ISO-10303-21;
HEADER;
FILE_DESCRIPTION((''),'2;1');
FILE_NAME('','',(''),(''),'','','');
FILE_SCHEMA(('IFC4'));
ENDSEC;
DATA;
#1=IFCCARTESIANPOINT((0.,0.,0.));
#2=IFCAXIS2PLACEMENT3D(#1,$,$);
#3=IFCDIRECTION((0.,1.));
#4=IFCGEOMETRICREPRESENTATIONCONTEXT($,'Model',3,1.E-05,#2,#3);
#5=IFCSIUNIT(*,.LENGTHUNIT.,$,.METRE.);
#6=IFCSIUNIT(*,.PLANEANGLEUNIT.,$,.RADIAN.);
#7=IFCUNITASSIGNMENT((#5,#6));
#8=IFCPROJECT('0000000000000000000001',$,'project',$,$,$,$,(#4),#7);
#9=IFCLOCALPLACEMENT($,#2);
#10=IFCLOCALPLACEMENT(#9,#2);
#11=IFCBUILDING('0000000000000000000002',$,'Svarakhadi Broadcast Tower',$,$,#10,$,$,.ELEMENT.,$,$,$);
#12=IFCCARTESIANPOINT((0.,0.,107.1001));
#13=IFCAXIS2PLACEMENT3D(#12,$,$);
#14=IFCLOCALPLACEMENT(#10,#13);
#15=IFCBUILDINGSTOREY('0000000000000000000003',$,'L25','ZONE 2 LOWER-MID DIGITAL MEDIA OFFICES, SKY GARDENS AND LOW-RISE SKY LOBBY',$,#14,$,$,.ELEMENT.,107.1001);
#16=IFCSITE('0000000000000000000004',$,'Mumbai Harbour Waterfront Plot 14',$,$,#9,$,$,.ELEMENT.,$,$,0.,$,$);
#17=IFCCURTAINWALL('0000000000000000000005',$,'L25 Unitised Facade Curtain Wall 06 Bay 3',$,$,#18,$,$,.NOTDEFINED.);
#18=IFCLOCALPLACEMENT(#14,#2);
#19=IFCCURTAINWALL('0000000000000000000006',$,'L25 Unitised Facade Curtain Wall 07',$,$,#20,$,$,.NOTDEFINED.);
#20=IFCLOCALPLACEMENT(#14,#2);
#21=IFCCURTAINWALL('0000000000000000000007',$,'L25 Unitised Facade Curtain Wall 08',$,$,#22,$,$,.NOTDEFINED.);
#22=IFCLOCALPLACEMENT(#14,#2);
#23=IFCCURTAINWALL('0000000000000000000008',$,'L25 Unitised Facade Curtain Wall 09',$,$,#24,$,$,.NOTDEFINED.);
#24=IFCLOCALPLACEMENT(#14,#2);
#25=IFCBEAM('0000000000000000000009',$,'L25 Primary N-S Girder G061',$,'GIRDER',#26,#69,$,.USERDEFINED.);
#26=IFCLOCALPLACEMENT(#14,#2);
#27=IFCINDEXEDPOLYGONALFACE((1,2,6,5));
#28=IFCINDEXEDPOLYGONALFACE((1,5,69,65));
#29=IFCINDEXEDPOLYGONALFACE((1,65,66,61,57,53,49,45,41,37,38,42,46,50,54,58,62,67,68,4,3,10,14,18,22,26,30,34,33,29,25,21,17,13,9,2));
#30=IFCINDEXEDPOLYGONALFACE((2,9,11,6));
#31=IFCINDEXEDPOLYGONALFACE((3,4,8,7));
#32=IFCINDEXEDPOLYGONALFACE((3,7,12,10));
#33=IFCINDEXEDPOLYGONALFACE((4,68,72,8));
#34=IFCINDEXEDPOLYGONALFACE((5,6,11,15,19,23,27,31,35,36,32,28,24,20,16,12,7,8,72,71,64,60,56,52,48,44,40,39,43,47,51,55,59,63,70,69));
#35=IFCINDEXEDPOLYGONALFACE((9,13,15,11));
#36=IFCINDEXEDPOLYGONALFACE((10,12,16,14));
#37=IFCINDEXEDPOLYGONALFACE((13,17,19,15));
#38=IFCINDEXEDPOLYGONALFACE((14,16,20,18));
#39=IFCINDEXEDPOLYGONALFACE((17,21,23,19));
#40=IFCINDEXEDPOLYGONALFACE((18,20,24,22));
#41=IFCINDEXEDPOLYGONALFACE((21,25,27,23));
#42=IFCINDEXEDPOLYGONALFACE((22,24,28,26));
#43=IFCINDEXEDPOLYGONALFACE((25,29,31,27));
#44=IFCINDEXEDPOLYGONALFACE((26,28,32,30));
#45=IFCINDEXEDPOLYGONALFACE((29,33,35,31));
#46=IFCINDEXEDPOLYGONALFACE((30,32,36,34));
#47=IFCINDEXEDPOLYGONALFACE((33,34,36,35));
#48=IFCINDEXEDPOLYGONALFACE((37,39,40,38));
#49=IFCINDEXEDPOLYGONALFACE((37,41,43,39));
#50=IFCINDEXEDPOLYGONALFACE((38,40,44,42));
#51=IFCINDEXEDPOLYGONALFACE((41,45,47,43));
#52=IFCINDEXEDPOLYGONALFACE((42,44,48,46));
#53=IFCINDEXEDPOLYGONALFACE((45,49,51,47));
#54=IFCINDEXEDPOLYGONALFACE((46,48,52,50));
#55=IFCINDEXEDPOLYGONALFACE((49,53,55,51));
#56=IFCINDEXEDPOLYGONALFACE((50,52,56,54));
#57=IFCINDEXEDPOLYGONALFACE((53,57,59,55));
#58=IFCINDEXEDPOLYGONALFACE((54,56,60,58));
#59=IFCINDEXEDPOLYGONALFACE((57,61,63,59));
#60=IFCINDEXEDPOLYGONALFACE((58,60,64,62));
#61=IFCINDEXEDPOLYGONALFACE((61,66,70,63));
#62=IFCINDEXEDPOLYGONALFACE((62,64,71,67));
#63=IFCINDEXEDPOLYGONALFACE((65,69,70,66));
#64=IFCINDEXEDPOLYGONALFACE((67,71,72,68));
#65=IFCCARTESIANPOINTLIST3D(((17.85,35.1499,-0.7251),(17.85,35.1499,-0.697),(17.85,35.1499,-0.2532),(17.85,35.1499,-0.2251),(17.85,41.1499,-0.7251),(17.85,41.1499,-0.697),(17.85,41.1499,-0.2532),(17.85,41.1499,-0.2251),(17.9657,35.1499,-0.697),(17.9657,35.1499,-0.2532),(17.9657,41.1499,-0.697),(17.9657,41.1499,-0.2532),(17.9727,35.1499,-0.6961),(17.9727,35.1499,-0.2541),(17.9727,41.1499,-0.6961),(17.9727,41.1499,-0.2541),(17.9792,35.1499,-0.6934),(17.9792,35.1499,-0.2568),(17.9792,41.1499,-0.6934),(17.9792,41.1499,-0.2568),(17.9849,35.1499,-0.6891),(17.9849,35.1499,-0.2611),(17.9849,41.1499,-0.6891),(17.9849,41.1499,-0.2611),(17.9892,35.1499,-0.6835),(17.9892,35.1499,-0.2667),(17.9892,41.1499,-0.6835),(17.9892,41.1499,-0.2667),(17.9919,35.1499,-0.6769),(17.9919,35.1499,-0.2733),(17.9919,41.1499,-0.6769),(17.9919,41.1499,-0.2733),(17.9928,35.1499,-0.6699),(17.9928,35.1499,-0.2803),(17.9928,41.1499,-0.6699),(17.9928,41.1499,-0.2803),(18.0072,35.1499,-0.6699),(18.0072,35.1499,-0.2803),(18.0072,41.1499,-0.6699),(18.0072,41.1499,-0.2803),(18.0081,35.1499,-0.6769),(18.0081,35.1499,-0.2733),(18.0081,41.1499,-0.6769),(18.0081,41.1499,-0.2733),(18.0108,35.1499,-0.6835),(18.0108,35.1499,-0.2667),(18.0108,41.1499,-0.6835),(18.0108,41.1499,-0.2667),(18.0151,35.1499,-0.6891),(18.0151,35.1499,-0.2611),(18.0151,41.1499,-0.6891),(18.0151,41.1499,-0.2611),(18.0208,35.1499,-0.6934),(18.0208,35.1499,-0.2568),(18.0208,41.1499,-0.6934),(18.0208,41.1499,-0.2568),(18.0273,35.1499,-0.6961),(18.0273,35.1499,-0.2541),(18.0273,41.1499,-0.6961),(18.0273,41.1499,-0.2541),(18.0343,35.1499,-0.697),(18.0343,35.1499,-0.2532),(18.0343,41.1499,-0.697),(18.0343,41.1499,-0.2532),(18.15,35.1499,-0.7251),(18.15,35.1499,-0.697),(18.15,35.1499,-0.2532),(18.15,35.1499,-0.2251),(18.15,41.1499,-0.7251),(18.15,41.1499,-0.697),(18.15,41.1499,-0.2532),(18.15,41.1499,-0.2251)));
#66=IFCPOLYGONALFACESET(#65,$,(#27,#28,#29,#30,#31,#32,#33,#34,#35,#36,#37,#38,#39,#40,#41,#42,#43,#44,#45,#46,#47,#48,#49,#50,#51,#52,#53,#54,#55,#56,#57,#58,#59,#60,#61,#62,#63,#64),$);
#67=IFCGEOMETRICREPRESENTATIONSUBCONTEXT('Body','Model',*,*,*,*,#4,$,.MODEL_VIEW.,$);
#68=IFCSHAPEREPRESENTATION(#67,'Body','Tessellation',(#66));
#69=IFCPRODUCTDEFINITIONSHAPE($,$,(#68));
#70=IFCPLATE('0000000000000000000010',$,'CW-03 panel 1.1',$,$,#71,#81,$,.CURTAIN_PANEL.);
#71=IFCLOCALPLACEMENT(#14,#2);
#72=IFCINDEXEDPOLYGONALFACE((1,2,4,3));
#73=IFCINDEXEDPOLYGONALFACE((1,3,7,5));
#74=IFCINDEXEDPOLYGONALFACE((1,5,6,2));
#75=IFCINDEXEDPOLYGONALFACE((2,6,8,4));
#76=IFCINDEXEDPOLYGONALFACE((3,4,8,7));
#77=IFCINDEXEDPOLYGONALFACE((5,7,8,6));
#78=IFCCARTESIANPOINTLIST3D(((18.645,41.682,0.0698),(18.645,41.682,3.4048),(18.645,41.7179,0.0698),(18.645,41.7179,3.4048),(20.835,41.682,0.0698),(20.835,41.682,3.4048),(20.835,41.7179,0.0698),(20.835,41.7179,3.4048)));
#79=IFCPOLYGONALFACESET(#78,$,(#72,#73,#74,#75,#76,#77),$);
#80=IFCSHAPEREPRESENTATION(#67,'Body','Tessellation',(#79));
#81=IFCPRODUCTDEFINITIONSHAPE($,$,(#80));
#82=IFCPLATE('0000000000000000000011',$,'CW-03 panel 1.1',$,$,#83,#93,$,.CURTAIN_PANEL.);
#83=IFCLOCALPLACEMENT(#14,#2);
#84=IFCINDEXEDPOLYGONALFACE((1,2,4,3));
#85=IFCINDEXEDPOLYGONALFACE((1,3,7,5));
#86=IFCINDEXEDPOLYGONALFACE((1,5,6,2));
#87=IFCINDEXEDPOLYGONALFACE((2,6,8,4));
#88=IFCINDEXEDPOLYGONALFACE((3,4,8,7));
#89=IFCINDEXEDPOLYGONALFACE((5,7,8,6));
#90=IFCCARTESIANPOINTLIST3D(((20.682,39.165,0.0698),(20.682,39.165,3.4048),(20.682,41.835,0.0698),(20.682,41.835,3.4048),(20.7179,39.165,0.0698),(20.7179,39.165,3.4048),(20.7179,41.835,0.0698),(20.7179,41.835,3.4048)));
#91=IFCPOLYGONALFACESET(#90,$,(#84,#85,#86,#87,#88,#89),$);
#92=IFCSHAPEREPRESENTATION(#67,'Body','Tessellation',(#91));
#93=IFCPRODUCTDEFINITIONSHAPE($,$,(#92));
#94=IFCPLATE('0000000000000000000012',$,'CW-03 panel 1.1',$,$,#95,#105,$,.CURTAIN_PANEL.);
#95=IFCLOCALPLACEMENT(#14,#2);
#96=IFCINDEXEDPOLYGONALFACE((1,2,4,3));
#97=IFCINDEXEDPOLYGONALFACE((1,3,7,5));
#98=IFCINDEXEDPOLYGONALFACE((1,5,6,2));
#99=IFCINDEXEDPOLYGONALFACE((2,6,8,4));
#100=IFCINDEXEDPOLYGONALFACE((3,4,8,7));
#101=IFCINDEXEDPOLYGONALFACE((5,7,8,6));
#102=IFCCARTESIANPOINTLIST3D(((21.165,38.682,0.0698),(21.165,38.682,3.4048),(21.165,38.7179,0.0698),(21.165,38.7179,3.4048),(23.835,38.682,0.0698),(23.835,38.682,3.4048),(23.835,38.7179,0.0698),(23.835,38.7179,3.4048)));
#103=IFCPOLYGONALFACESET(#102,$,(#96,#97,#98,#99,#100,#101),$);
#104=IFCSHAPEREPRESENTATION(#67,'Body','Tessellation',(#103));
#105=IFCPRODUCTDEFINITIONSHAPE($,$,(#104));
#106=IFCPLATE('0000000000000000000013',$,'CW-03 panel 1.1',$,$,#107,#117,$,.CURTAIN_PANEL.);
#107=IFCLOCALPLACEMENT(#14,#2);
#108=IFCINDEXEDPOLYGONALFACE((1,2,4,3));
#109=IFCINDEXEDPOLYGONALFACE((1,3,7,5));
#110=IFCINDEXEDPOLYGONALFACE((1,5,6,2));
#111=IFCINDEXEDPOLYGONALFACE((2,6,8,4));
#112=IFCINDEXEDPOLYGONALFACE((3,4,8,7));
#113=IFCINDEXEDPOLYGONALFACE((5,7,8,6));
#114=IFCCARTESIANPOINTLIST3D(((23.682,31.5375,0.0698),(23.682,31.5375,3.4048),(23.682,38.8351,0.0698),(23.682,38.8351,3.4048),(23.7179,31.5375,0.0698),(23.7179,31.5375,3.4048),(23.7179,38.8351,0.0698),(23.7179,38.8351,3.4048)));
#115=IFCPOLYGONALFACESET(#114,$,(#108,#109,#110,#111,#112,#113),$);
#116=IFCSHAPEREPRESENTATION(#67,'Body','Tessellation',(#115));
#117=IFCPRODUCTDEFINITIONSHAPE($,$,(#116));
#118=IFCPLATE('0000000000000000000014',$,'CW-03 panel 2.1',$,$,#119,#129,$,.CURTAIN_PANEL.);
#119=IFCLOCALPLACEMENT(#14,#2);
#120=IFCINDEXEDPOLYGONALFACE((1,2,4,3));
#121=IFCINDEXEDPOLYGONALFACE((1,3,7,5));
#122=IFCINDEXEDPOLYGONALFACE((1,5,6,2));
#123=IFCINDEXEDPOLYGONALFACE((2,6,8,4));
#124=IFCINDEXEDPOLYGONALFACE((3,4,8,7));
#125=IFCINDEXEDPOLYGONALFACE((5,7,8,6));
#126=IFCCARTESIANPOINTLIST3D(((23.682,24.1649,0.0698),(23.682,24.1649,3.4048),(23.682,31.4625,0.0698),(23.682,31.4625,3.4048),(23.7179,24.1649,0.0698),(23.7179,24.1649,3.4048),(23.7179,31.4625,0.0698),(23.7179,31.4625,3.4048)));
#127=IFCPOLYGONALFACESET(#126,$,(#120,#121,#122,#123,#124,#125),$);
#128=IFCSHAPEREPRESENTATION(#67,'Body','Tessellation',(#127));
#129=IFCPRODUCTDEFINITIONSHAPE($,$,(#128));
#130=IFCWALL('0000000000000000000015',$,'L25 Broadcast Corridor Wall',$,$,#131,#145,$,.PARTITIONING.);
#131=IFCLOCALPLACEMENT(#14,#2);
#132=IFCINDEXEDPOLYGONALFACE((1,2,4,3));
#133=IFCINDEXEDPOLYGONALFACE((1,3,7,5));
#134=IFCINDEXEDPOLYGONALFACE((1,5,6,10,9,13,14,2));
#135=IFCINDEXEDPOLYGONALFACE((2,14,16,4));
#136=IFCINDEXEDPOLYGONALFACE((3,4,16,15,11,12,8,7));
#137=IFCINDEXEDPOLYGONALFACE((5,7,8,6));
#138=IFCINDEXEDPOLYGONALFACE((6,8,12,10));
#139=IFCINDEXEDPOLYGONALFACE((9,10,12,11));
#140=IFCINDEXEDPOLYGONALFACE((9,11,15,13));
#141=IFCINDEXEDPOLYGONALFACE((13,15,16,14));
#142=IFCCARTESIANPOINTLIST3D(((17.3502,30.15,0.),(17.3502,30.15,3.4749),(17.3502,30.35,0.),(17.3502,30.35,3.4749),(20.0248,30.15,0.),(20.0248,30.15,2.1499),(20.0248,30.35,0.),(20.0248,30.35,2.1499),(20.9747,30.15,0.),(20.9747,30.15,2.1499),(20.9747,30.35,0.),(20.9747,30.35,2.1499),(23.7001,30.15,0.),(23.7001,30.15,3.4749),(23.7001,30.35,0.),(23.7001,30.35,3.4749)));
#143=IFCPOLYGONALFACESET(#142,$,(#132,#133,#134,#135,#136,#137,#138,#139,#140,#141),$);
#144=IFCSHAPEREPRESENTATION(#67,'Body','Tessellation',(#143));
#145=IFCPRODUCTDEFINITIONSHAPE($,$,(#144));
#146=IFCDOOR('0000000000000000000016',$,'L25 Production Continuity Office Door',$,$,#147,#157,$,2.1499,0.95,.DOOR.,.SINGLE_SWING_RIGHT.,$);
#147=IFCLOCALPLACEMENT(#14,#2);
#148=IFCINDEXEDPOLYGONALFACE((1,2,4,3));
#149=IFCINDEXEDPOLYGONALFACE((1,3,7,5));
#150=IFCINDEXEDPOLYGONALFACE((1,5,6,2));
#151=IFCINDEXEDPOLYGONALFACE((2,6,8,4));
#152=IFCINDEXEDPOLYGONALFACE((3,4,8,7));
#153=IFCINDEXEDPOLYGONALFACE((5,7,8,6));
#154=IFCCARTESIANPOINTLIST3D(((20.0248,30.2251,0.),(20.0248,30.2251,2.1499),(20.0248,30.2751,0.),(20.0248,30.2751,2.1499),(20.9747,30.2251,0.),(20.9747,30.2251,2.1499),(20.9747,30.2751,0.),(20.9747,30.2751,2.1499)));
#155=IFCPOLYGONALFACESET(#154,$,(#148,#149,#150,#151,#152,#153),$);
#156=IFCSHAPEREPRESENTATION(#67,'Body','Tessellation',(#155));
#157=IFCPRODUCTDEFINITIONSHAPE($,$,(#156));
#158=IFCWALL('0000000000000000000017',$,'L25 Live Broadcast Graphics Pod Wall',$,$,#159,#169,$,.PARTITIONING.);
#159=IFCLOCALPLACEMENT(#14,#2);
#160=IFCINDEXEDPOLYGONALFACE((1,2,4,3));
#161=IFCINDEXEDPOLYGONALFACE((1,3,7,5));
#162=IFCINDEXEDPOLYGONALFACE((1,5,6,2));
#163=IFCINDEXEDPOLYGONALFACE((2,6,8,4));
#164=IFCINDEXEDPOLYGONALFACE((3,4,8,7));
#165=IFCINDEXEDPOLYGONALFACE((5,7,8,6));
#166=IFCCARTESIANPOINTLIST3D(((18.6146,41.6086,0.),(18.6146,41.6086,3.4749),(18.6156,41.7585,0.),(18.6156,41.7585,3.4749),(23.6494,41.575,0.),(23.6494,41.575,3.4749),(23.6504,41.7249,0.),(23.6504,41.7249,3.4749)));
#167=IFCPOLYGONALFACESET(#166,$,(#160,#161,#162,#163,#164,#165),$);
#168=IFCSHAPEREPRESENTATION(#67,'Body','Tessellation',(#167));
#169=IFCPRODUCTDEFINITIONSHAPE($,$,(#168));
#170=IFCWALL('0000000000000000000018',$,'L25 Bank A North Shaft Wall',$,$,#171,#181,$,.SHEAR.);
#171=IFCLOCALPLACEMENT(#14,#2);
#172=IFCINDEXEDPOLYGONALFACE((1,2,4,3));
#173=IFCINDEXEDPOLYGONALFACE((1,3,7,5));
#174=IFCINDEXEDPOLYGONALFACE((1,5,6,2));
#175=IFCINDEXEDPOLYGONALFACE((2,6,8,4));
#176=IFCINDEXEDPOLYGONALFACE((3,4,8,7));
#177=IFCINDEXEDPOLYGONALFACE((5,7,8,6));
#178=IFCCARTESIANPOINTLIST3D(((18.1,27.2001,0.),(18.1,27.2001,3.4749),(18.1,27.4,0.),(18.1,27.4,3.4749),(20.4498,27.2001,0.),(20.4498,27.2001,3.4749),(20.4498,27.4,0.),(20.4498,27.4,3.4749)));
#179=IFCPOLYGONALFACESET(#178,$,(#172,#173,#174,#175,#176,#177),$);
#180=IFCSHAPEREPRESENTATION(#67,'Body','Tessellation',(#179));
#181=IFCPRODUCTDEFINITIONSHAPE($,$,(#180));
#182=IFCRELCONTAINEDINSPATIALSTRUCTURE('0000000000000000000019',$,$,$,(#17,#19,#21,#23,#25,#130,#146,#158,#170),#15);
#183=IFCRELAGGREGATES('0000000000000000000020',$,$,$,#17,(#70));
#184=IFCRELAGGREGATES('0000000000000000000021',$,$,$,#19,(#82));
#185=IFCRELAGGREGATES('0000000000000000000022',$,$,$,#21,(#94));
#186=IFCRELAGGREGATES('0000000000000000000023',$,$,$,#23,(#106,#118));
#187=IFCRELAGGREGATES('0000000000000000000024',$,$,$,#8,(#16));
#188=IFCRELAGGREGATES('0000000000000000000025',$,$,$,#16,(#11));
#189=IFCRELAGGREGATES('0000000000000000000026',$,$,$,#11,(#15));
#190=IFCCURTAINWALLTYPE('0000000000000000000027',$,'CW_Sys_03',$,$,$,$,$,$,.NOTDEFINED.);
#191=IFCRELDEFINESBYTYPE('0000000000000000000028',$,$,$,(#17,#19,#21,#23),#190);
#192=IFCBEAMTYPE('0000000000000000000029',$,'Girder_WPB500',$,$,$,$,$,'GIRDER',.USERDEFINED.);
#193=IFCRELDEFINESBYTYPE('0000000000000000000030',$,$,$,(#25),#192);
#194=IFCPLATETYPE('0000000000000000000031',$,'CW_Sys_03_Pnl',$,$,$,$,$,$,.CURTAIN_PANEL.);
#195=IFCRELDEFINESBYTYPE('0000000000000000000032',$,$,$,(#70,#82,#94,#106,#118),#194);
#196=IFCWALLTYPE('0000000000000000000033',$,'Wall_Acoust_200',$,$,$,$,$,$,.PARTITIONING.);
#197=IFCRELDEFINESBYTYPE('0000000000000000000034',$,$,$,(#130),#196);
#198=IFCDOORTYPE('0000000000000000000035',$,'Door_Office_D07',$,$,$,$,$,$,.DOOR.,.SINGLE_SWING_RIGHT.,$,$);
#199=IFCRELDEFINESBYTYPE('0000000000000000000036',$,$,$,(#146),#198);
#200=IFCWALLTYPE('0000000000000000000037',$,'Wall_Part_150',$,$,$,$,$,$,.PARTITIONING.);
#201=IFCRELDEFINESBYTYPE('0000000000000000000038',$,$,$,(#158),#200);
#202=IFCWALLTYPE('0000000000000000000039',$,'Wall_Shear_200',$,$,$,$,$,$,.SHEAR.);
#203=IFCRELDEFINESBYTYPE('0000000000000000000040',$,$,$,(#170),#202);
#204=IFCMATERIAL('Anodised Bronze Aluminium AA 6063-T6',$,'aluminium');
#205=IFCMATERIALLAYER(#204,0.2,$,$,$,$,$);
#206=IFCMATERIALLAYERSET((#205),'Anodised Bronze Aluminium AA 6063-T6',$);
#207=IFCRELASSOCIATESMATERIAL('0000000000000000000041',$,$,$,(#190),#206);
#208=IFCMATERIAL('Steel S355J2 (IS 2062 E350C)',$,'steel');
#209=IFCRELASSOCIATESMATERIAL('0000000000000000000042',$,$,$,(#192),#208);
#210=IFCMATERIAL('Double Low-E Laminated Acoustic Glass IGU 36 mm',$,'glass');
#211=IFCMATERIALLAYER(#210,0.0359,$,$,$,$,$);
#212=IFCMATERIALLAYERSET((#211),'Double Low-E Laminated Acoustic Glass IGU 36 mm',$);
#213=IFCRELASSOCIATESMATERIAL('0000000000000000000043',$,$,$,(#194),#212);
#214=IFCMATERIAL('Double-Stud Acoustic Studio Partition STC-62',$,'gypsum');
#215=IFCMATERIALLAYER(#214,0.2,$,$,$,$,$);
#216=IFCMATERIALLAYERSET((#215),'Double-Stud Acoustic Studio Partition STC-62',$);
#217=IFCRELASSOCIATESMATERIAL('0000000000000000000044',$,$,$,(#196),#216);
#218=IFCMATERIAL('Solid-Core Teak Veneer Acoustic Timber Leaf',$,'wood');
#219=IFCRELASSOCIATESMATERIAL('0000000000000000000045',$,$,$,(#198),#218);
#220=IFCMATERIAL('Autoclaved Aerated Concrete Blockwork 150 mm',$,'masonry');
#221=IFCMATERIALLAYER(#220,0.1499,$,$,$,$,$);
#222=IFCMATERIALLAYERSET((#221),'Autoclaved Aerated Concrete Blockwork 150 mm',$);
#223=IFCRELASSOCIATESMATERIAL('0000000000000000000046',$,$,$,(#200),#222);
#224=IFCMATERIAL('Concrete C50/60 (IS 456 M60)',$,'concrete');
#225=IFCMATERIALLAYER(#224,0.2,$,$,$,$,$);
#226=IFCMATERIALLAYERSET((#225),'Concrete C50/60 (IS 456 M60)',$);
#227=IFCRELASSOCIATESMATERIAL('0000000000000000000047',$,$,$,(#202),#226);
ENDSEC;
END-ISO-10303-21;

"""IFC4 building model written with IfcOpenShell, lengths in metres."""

from ifc_helpers import new_model, si_unit, direction, frame, frame_2d, origin, origin_2d, place, context, subcontext, project, spatial, rectangle, i_section, extrude, material, layer, layer_set, material_profile, profile_set, type_object, element, fill, aggregate, save


model = new_model("IFC4")

# Units and contexts
model_context = context("Model", 3, precision=1e-05, world=origin(), true_north=direction((0.0, 1.0)))
body_context = subcontext(model_context, "Body", "Model", "MODEL_VIEW")
ifc_project = project(units=[si_unit("LENGTHUNIT", "METRE"), si_unit("PLANEANGLEUNIT", "RADIAN")], contexts=[model_context])

# Site, building, storey
site_placement = place(None, origin())
site = spatial("IfcSite", under=ifc_project, at=site_placement, Name="Mumbai Harbour Waterfront Plot 14", CompositionType="ELEMENT", RefElevation=0.0)
building_placement = place(site_placement, origin())
building = spatial("IfcBuilding", under=site, at=building_placement, Name="Svarakhadi Broadcast Tower", CompositionType="ELEMENT")
storey_placement = place(building_placement, frame((0.0, 0.0, 107.1001)))
storey = spatial("IfcBuildingStorey", under=building, at=storey_placement, Name="L25", Description="ZONE 2 LOWER-MID DIGITAL MEDIA OFFICES, SKY GARDENS AND LOW-RISE SKY LOBBY", CompositionType="ELEMENT", Elevation=107.1001)

# Curtain walls
ifc_material_1 = material(Name="Anodised Bronze Aluminium AA 6063-T6", Category="aluminium")
ifc_layer_1 = layer(ifc_material_1, 0.2)
ifc_layer_set_1 = layer_set([ifc_layer_1], Name="Anodised Bronze Aluminium AA 6063-T6")
curtain_wall_type = type_object("IfcCurtainWallType", Name="CW_Sys_03", PredefinedType="NOTDEFINED", material=ifc_layer_set_1)
curtain_wall_1_placement = place(storey_placement, origin())
curtain_wall_1 = element("IfcCurtainWall", 1, at=curtain_wall_1_placement, inside=storey, type_object=curtain_wall_type, Name="L25 Unitised Facade Curtain Wall 06 Bay 3", PredefinedType="NOTDEFINED")
curtain_wall_2_placement = place(storey_placement, origin())
curtain_wall_2 = element("IfcCurtainWall", 2, at=curtain_wall_2_placement, inside=storey, type_object=curtain_wall_type, Name="L25 Unitised Facade Curtain Wall 07", PredefinedType="NOTDEFINED")
curtain_wall_3_placement = place(storey_placement, origin())
curtain_wall_3 = element("IfcCurtainWall", 3, at=curtain_wall_3_placement, inside=storey, type_object=curtain_wall_type, Name="L25 Unitised Facade Curtain Wall 08", PredefinedType="NOTDEFINED")
curtain_wall_4_placement = place(storey_placement, origin())
curtain_wall_4 = element("IfcCurtainWall", 4, at=curtain_wall_4_placement, inside=storey, type_object=curtain_wall_type, Name="L25 Unitised Facade Curtain Wall 09", PredefinedType="NOTDEFINED")

# Beam
ifc_material_2 = material(Name="Steel S355J2 (IS 2062 E350C)", Category="steel")
ifc_material_profile_1 = material_profile(ifc_material_2, i_section(OverallWidth=0.3, OverallDepth=0.5, WebThickness=0.0144, FlangeThickness=0.0281, FilletRadius=0.0271, at=origin_2d()), Name="WPB 500x300x187")
ifc_profile_set_1 = profile_set([ifc_material_profile_1], Name="Steel S355J2 (IS 2062 E350C)")
beam_type = type_object("IfcBeamType", Name="Girder_WPB500", ElementType="GIRDER", PredefinedType="USERDEFINED", material=ifc_profile_set_1)
for number, where, z_axis, x_axis, name in (
    (5, (18.0, 35.1499, -0.4751), (0.0, 1.0, 0.0), (-1.0, 0.0, 0.0), "L25 Primary N-S Girder G061"),
):
    element("IfcBeam", number, at=place(storey_placement, frame(where, z_axis=z_axis, x_axis=x_axis)), inside=storey, type_object=beam_type, Name=name, ObjectType="GIRDER", PredefinedType="USERDEFINED", context=body_context, shape_type="SweptSolid", body=[
        extrude(i_section(OverallWidth=0.3, OverallDepth=0.5, WebThickness=0.0144, FlangeThickness=0.0281, FilletRadius=0.0271, at=origin_2d()), origin(), (0.0, 0.0, 1.0), 6.0),
    ])

# Plates
ifc_material_3 = material(Name="Double Low-E Laminated Acoustic Glass IGU 36 mm", Category="glass")
ifc_layer_2 = layer(ifc_material_3, 0.0359)
ifc_layer_set_2 = layer_set([ifc_layer_2], Name="Double Low-E Laminated Acoustic Glass IGU 36 mm")
plate_type = type_object("IfcPlateType", Name="CW_Sys_03_Pnl", PredefinedType="CURTAIN_PANEL", material=ifc_layer_set_2)
plate_1_placement = place(storey_placement, frame((19.74, 41.7, 0.0698), z_axis=(0.0, 0.0, 1.0), x_axis=(1.0, 0.0, 0.0)))
plate_1 = element("IfcPlate", 6, at=plate_1_placement, type_object=plate_type, Name="CW-03 panel 1.1", PredefinedType="CURTAIN_PANEL", context=body_context, shape_type="SweptSolid", body=[
    extrude(rectangle(XDim=2.1899, YDim=0.0359, at=origin_2d()), origin(), (0.0, 0.0, 1.0), 3.335),
])
aggregate(curtain_wall_1, [plate_1])
plate_2_placement = place(storey_placement, frame((20.7, 40.5, 0.0698), z_axis=(0.0, 0.0, 1.0), x_axis=(0.0, -1.0, 0.0)))
plate_2 = element("IfcPlate", 7, at=plate_2_placement, type_object=plate_type, Name="CW-03 panel 1.1", PredefinedType="CURTAIN_PANEL", context=body_context, shape_type="SweptSolid", body=[
    extrude(rectangle(XDim=2.6699, YDim=0.0359, at=origin_2d()), origin(), (0.0, 0.0, 1.0), 3.335),
])
aggregate(curtain_wall_2, [plate_2])
plate_3_placement = place(storey_placement, frame((22.5, 38.7, 0.0698), z_axis=(0.0, 0.0, 1.0), x_axis=(1.0, 0.0, 0.0)))
plate_3 = element("IfcPlate", 8, at=plate_3_placement, type_object=plate_type, Name="CW-03 panel 1.1", PredefinedType="CURTAIN_PANEL", context=body_context, shape_type="SweptSolid", body=[
    extrude(rectangle(XDim=2.6699, YDim=0.0359, at=origin_2d()), origin(), (0.0, 0.0, 1.0), 3.335),
])
aggregate(curtain_wall_3, [plate_3])
plate_4_placement = place(storey_placement, frame((23.7, 35.1863, 0.0698), z_axis=(0.0, 0.0, 1.0), x_axis=(0.0, -1.0, 0.0)))
plate_4 = element("IfcPlate", 9, at=plate_4_placement, type_object=plate_type, Name="CW-03 panel 1.1", PredefinedType="CURTAIN_PANEL", context=body_context, shape_type="SweptSolid", body=[
    extrude(rectangle(XDim=7.2976, YDim=0.0359, at=origin_2d()), origin(), (0.0, 0.0, 1.0), 3.335),
])
plate_5_placement = place(storey_placement, frame((23.7, 27.8137, 0.0698), z_axis=(0.0, 0.0, 1.0), x_axis=(0.0, -1.0, 0.0)))
plate_5 = element("IfcPlate", 10, at=plate_5_placement, type_object=plate_type, Name="CW-03 panel 2.1", PredefinedType="CURTAIN_PANEL", context=body_context, shape_type="SweptSolid", body=[
    extrude(rectangle(XDim=7.2976, YDim=0.0359, at=origin_2d()), origin(), (0.0, 0.0, 1.0), 3.335),
])
aggregate(curtain_wall_4, [plate_4, plate_5])

# Wall, opening, door
ifc_material_4 = material(Name="Double-Stud Acoustic Studio Partition STC-62", Category="gypsum")
ifc_layer_3 = layer(ifc_material_4, 0.2)
ifc_layer_set_3 = layer_set([ifc_layer_3], Name="Double-Stud Acoustic Studio Partition STC-62")
wall_type_1 = type_object("IfcWallType", Name="Wall_Acoust_200", PredefinedType="PARTITIONING", material=ifc_layer_set_3)
wall_1_placement = place(storey_placement, frame((23.7, 30.25, 0.0), z_axis=(0.0, 0.0, 1.0), x_axis=(-1.0, 0.0, 0.0)))
wall_1 = element("IfcWall", 11, at=wall_1_placement, inside=storey, type_object=wall_type_1, Name="L25 Broadcast Corridor Wall", PredefinedType="PARTITIONING", context=body_context, shape_type="SweptSolid", body=[
    extrude(rectangle(XDim=6.3499, YDim=0.2, at=frame_2d((3.1748, 0.0))), origin(), (0.0, 0.0, 1.0), 3.4749),
])
opening_placement = place(wall_1_placement, frame((2.7251, 0.0, 0.0)))
opening = element("IfcOpeningElement", 12, at=opening_placement, cuts=wall_1, PredefinedType="OPENING", context=body_context, shape_type="SweptSolid", body=[
    extrude(rectangle(XDim=0.95, YDim=2.1499, at=frame_2d((0.4751, 1.075))), frame((0.0, 0.1099, 0.0), z_axis=(0.0, -1.0, 0.0), x_axis=(1.0, 0.0, 0.0)), (0.0, 0.0, 1.0), 0.22),
])
ifc_material_5 = material(Name="Solid-Core Teak Veneer Acoustic Timber Leaf", Category="wood")
door_type = type_object("IfcDoorType", Name="Door_Office_D07", OperationType="SINGLE_SWING_RIGHT", PredefinedType="DOOR", material=ifc_material_5)
door_placement = place(opening_placement, origin())
door = element("IfcDoor", 13, at=door_placement, inside=storey, type_object=door_type, Name="L25 Production Continuity Office Door", OperationType="SINGLE_SWING_RIGHT", OverallHeight=2.1499, OverallWidth=0.95, PredefinedType="DOOR", context=body_context, shape_type="SweptSolid", body=[
    extrude(rectangle(XDim=0.95, YDim=2.1499, at=frame_2d((0.4751, 1.075))), frame((0.0, 0.0249, 0.0), z_axis=(0.0, -1.0, 0.0), x_axis=(1.0, 0.0, 0.0)), (0.0, 0.0, 1.0), 0.05),
])
fill(opening, door)

# Walls
ifc_material_6 = material(Name="Autoclaved Aerated Concrete Blockwork 150 mm", Category="masonry")
ifc_layer_4 = layer(ifc_material_6, 0.1499)
ifc_layer_set_4 = layer_set([ifc_layer_4], Name="Autoclaved Aerated Concrete Blockwork 150 mm")
wall_type_2 = type_object("IfcWallType", Name="Wall_Part_150", PredefinedType="PARTITIONING", material=ifc_layer_set_4)
wall_2_placement = place(storey_placement, frame((18.615, 41.6836, 0.0), z_axis=(0.0, 0.0, 1.0), x_axis=(0.999978, -0.006691, 0.0)))
element("IfcWall", 14, at=wall_2_placement, inside=storey, type_object=wall_type_2, Name="L25 Live Broadcast Graphics Pod Wall", PredefinedType="PARTITIONING", context=body_context, shape_type="SweptSolid", body=[
    extrude(rectangle(XDim=5.0349, YDim=0.1499, at=frame_2d((2.5176, 0.0))), origin(), (0.0, 0.0, 1.0), 3.4749),
])
ifc_material_7 = material(Name="Concrete C50/60 (IS 456 M60)", Category="concrete")
ifc_layer_5 = layer(ifc_material_7, 0.2)
ifc_layer_set_5 = layer_set([ifc_layer_5], Name="Concrete C50/60 (IS 456 M60)")
wall_type_3 = type_object("IfcWallType", Name="Wall_Shear_200", PredefinedType="SHEAR", material=ifc_layer_set_5)
wall_3_placement = place(storey_placement, frame((18.1001, 27.3, 0.0), z_axis=(0.0, 0.0, 1.0), x_axis=(1.0, 0.0, 0.0)))
element("IfcWall", 15, at=wall_3_placement, inside=storey, type_object=wall_type_3, Name="L25 Bank A North Shaft Wall", PredefinedType="SHEAR", context=body_context, shape_type="SweptSolid", body=[
    extrude(rectangle(XDim=2.3499, YDim=0.2, at=frame_2d((1.1748, 0.0))), origin(), (0.0, 0.0, 1.0), 3.4749),
])

save(model, "model.ifc")
